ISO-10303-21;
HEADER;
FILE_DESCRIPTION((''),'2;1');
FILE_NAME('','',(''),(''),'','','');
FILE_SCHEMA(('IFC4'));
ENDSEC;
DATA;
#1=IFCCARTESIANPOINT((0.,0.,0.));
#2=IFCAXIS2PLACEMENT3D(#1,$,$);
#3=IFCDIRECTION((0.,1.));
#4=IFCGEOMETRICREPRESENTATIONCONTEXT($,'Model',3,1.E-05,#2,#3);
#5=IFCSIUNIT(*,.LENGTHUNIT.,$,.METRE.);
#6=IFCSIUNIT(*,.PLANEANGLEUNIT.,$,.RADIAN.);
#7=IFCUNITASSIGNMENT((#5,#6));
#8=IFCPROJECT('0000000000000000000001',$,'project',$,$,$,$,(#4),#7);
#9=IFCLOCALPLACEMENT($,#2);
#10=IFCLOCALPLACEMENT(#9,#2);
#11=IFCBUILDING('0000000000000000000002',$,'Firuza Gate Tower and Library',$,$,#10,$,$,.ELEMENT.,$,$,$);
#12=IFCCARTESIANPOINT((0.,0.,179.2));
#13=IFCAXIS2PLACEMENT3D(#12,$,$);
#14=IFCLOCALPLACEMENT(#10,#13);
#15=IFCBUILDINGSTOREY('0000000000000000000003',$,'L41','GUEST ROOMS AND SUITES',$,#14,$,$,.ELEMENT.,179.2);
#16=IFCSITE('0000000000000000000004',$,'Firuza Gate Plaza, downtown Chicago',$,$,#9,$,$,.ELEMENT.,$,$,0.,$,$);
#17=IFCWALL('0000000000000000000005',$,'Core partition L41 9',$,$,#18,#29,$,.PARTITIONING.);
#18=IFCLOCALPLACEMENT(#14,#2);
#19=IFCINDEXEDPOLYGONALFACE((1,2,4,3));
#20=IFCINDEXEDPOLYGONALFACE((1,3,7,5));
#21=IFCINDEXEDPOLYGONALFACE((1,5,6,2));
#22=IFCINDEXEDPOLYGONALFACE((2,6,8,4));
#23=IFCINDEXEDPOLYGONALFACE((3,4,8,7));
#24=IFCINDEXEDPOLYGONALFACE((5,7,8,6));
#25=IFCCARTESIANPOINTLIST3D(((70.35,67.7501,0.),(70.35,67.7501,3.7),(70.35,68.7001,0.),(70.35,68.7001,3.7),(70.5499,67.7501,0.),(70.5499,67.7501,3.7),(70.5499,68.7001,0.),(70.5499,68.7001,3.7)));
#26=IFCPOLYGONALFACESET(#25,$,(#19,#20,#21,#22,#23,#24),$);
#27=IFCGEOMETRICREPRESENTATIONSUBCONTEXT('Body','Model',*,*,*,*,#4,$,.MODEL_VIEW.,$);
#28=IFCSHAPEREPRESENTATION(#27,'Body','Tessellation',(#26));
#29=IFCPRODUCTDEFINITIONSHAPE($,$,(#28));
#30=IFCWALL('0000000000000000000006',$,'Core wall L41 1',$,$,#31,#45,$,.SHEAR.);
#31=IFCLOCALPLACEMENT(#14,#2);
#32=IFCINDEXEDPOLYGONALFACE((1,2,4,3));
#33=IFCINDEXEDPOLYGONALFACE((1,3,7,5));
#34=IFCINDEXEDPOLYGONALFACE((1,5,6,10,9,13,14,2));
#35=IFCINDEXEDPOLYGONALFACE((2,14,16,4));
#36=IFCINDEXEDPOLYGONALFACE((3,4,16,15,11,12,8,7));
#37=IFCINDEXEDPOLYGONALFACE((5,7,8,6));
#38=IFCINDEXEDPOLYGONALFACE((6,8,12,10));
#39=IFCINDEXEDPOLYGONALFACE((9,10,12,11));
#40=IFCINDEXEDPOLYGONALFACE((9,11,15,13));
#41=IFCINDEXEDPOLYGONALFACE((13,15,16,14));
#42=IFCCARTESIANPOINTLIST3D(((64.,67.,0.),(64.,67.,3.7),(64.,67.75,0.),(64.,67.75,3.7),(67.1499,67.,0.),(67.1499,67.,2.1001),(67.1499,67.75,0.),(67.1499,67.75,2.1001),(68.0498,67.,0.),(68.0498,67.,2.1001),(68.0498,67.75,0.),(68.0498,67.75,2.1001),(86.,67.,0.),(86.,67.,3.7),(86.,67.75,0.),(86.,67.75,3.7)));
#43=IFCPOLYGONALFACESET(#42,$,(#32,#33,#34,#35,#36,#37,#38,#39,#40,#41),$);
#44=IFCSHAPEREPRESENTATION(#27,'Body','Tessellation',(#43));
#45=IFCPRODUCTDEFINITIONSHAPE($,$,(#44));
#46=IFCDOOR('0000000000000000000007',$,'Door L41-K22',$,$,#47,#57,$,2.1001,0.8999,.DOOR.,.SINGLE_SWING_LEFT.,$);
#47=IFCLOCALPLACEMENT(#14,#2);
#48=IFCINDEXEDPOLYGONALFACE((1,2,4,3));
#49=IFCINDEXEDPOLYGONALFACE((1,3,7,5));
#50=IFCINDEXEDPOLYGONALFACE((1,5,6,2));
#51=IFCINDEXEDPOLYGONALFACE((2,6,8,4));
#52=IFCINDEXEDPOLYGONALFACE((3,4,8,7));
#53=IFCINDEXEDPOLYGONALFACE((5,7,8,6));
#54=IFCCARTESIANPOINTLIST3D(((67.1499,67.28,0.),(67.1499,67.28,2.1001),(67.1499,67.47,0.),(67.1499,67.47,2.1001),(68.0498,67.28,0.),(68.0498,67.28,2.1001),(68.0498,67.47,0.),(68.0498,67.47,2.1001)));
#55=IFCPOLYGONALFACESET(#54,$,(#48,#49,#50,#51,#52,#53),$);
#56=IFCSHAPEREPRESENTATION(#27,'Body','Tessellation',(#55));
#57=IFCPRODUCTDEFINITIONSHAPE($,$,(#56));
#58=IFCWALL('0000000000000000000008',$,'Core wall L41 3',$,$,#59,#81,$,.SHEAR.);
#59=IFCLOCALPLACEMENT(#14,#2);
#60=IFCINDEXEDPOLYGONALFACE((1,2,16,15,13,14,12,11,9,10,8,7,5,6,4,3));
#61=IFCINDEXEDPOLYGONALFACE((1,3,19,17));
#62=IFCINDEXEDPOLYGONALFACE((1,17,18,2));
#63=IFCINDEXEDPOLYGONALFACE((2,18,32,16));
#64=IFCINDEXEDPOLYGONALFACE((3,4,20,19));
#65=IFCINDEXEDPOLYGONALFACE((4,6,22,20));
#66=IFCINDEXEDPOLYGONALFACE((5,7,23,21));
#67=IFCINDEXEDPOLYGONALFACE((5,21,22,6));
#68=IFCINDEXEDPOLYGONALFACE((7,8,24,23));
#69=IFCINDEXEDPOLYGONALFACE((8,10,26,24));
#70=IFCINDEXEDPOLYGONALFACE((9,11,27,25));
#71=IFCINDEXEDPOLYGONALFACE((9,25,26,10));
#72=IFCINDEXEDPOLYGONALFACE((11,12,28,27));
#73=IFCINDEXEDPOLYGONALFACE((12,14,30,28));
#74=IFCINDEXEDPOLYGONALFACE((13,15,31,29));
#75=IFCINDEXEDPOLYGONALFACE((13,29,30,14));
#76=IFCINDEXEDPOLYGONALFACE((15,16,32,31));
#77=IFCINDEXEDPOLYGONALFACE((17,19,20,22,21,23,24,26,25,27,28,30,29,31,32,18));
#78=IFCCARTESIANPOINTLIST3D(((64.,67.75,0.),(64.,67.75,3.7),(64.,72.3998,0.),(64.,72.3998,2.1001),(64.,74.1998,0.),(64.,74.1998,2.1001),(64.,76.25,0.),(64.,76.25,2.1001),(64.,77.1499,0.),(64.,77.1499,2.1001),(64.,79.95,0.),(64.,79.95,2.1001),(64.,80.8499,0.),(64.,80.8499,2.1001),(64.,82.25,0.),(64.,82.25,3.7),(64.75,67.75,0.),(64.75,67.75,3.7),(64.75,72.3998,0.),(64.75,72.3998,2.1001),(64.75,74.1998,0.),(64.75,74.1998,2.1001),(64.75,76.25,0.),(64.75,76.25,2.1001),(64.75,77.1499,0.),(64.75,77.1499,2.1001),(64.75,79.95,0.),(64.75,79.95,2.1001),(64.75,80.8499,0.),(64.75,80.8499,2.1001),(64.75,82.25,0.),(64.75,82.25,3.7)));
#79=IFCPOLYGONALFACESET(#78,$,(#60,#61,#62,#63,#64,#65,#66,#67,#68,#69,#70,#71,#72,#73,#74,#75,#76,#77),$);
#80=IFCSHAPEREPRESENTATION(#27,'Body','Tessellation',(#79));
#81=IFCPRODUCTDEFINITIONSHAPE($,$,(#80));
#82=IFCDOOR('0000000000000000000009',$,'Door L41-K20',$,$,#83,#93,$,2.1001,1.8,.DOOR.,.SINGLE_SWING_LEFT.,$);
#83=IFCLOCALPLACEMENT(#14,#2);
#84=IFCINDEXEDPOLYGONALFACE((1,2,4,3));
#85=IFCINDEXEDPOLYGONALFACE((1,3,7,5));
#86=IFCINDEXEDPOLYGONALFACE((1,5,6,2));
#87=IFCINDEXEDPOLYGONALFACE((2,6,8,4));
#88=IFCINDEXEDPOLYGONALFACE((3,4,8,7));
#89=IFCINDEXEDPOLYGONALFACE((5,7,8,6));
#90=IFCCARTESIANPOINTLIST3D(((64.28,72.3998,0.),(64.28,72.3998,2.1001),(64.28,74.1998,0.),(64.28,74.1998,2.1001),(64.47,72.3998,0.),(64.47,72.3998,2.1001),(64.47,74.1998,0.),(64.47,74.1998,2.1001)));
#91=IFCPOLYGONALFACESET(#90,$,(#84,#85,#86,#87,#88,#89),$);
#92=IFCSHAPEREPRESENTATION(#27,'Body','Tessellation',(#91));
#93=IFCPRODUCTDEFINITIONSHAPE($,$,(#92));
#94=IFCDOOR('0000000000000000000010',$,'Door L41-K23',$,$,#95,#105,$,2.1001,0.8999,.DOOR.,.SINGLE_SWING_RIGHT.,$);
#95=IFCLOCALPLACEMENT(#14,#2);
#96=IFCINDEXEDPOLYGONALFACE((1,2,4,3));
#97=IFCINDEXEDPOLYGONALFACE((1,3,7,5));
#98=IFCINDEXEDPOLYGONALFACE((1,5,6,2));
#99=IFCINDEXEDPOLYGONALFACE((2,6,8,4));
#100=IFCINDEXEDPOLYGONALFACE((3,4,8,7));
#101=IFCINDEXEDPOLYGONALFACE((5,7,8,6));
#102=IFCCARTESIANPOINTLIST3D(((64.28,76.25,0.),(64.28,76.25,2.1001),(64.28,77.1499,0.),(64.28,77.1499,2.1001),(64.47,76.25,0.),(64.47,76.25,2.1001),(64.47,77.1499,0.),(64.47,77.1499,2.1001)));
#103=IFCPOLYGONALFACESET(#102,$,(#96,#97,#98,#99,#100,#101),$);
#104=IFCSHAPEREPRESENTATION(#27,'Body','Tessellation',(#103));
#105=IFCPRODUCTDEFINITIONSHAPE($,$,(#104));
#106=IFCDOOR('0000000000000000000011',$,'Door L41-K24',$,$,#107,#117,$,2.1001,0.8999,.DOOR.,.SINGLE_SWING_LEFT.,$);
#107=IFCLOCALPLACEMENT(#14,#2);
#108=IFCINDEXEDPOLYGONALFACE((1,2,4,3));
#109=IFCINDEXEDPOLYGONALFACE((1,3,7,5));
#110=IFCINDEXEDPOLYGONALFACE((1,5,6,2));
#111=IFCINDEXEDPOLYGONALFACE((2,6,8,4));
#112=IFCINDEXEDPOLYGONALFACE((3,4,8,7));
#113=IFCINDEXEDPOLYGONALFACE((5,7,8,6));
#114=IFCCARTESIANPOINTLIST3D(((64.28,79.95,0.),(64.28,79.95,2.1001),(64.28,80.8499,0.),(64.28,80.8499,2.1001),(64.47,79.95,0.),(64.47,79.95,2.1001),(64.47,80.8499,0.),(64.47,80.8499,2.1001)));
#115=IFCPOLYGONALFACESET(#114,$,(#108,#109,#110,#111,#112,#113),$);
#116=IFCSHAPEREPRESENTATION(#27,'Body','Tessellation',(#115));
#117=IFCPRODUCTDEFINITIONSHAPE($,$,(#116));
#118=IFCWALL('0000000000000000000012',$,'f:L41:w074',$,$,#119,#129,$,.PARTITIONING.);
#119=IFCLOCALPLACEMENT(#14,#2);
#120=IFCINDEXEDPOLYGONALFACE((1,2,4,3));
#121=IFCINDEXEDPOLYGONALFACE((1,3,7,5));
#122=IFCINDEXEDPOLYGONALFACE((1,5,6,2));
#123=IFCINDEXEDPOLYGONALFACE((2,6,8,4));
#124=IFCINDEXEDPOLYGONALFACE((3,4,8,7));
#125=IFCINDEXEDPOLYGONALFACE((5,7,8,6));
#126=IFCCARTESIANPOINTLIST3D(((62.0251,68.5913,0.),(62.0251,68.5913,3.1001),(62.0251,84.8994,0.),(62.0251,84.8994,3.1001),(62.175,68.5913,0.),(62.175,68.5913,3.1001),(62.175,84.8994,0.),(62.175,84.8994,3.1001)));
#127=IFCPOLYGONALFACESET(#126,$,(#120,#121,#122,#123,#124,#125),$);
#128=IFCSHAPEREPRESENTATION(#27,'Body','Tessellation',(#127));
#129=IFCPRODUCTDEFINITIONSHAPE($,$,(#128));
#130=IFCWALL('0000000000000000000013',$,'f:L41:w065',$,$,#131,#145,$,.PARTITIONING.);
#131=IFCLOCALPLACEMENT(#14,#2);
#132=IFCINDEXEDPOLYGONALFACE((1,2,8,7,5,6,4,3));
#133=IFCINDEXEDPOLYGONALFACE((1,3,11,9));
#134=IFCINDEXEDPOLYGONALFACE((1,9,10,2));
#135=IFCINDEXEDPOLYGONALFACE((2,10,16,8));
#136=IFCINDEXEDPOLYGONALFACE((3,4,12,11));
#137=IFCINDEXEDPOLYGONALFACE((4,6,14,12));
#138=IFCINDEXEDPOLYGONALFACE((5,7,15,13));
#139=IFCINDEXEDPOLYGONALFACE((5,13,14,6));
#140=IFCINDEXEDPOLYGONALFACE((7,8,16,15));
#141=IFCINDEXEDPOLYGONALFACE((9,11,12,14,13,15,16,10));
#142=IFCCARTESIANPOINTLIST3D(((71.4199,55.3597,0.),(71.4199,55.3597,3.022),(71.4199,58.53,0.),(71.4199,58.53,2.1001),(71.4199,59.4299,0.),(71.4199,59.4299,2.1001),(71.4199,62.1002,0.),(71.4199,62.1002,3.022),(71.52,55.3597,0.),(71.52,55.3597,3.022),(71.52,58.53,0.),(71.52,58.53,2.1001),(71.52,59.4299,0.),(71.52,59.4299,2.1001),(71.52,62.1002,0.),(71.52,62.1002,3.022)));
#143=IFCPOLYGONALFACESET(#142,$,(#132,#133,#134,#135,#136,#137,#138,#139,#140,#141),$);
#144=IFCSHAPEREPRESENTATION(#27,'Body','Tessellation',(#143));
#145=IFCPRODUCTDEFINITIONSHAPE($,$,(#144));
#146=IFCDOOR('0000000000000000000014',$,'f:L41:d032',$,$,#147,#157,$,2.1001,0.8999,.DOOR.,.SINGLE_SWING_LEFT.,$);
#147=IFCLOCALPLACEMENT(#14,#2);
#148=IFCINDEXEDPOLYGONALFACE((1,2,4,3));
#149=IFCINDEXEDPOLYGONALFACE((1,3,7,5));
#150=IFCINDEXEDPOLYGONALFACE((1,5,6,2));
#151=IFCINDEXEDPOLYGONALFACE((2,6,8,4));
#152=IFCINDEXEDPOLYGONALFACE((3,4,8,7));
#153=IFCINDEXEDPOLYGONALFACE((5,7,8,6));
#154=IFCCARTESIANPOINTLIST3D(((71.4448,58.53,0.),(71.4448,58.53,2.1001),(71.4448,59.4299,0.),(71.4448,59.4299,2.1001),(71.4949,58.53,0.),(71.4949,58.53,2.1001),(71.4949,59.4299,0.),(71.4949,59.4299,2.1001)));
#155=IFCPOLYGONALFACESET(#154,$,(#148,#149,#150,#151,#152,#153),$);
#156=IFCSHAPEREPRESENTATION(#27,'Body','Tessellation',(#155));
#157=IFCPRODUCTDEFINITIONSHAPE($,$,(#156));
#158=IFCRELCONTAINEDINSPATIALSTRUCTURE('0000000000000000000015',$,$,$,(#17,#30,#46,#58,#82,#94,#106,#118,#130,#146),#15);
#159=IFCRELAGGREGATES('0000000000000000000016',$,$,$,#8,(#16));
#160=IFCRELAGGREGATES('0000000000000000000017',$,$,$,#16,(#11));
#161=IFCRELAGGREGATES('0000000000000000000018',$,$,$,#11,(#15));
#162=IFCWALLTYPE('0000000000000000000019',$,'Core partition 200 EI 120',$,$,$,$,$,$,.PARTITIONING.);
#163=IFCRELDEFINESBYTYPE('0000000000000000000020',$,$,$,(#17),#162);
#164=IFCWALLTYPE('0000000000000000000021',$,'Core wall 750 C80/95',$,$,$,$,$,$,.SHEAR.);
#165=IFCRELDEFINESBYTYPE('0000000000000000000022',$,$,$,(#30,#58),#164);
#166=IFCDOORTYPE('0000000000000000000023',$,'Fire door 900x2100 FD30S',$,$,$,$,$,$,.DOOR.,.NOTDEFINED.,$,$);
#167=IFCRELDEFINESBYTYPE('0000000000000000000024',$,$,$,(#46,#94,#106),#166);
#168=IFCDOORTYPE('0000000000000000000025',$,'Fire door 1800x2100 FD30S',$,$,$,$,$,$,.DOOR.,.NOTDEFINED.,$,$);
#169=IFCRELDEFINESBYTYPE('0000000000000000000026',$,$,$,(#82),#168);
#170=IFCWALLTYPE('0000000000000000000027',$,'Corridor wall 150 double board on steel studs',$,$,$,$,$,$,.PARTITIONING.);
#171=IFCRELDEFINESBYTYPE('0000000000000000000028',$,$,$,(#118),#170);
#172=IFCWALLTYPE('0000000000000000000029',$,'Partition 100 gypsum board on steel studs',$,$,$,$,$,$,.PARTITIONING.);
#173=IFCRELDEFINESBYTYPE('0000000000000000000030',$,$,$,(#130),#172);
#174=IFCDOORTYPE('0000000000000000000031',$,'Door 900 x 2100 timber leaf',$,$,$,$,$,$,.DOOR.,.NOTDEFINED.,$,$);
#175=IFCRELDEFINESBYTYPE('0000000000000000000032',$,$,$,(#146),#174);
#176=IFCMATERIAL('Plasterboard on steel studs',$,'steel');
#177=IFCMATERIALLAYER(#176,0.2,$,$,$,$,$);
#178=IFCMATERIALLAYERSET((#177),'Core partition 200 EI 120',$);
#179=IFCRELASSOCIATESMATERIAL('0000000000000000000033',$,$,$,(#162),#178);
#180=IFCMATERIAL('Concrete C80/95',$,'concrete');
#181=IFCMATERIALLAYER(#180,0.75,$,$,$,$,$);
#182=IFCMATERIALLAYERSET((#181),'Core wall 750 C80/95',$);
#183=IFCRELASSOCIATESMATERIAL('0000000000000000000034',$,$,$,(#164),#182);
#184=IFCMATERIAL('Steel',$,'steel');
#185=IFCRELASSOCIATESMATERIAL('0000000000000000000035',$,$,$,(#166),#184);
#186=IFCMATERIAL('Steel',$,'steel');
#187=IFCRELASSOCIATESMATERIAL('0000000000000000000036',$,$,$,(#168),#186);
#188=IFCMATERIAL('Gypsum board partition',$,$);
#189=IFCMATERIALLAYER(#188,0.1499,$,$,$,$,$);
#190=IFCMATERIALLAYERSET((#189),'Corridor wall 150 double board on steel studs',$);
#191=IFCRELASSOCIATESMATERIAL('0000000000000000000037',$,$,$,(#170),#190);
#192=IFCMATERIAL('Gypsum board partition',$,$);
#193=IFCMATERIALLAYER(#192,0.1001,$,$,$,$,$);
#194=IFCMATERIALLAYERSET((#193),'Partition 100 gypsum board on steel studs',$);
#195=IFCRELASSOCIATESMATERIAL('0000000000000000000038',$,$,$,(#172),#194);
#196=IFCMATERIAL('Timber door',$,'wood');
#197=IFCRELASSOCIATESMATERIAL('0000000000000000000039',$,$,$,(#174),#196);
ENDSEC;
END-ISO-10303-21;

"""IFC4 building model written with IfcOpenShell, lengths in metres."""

from ifc_helpers import new_model, si_unit, direction, frame, frame_2d, origin, place, context, subcontext, project, spatial, rectangle, extrude, material, layer, layer_set, type_object, element, fill, save


model = new_model("IFC4")

# Units and contexts
model_context = context("Model", 3, precision=1e-05, world=origin(), true_north=direction((0.0, 1.0)))
body_context = subcontext(model_context, "Body", "Model", "MODEL_VIEW")
ifc_project = project(units=[si_unit("LENGTHUNIT", "METRE"), si_unit("PLANEANGLEUNIT", "RADIAN")], contexts=[model_context])

# Site, building, storey
site_placement = place(None, origin())
site = spatial("IfcSite", under=ifc_project, at=site_placement, Name="Firuza Gate Plaza, downtown Chicago", CompositionType="ELEMENT", RefElevation=0.0)
building_placement = place(site_placement, origin())
building = spatial("IfcBuilding", under=site, at=building_placement, Name="Firuza Gate Tower and Library", CompositionType="ELEMENT")
storey_placement = place(building_placement, frame((0.0, 0.0, 179.2)))
storey = spatial("IfcBuildingStorey", under=building, at=storey_placement, Name="L41", Description="GUEST ROOMS AND SUITES", CompositionType="ELEMENT", Elevation=179.2)

# Wall
ifc_material_1 = material(Name="Plasterboard on steel studs", Category="steel")
ifc_layer_1 = layer(ifc_material_1, 0.2)
ifc_layer_set_1 = layer_set([ifc_layer_1], Name="Core partition 200 EI 120")
wall_type_1 = type_object("IfcWallType", Name="Core partition 200 EI 120", PredefinedType="PARTITIONING", material=ifc_layer_set_1)
wall_1_placement = place(storey_placement, frame((70.45, 67.75, 0.0), z_axis=(0.0, 0.0, 1.0), x_axis=(0.0, 1.0, 0.0)))
element("IfcWall", 1, at=wall_1_placement, inside=storey, type_object=wall_type_1, Name="Core partition L41 9", PredefinedType="PARTITIONING", context=body_context, shape_type="SweptSolid", body=[
    extrude(rectangle(XDim=0.95, YDim=0.2, at=frame_2d((0.4751, 0.0))), origin(), (0.0, 0.0, 1.0), 3.7),
])

# Wall, opening, door
ifc_material_2 = material(Name="Concrete C80/95", Category="concrete")
ifc_layer_2 = layer(ifc_material_2, 0.75)
ifc_layer_set_2 = layer_set([ifc_layer_2], Name="Core wall 750 C80/95")
wall_type_2 = type_object("IfcWallType", Name="Core wall 750 C80/95", PredefinedType="SHEAR", material=ifc_layer_set_2)
wall_2_placement = place(storey_placement, frame((64.0, 67.375, 0.0), z_axis=(0.0, 0.0, 1.0), x_axis=(1.0, 0.0, 0.0)))
wall_2 = element("IfcWall", 2, at=wall_2_placement, inside=storey, type_object=wall_type_2, Name="Core wall L41 1", PredefinedType="SHEAR", context=body_context, shape_type="SweptSolid", body=[
    extrude(rectangle(XDim=22.0, YDim=0.75, at=frame_2d((11.0, 0.0))), origin(), (0.0, 0.0, 1.0), 3.7),
])
opening_1_placement = place(wall_2_placement, frame((3.1499, 0.0, 0.0)))
opening_1 = element("IfcOpeningElement", 3, at=opening_1_placement, cuts=wall_2, PredefinedType="OPENING", context=body_context, shape_type="SweptSolid", body=[
    extrude(rectangle(XDim=0.8999, YDim=2.1001, at=frame_2d((0.45, 1.05))), frame((0.0, 0.385, 0.0), z_axis=(0.0, -1.0, 0.0), x_axis=(1.0, 0.0, 0.0)), (0.0, 0.0, 1.0), 0.77),
])
ifc_material_3 = material(Name="Steel", Category="steel")
door_type_1 = type_object("IfcDoorType", Name="Fire door 900x2100 FD30S", OperationType="NOTDEFINED", PredefinedType="DOOR", material=ifc_material_3)
door_1_placement = place(opening_1_placement, origin())
door_1 = element("IfcDoor", 4, at=door_1_placement, inside=storey, type_object=door_type_1, Name="Door L41-K22", OperationType="SINGLE_SWING_LEFT", OverallHeight=2.1001, OverallWidth=0.8999, PredefinedType="DOOR", context=body_context, shape_type="SweptSolid", body=[
    extrude(rectangle(XDim=0.8999, YDim=2.1001, at=frame_2d((0.45, 1.05))), frame((0.0, 0.095, 0.0), z_axis=(0.0, -1.0, 0.0), x_axis=(1.0, 0.0, 0.0)), (0.0, 0.0, 1.0), 0.1899),
])
fill(opening_1, door_1)

# Wall, openings, doors
wall_3_placement = place(storey_placement, frame((64.375, 67.75, 0.0), z_axis=(0.0, 0.0, 1.0), x_axis=(0.0, 1.0, 0.0)))
wall_3 = element("IfcWall", 5, at=wall_3_placement, inside=storey, type_object=wall_type_2, Name="Core wall L41 3", PredefinedType="SHEAR", context=body_context, shape_type="SweptSolid", body=[
    extrude(rectangle(XDim=14.5, YDim=0.75, at=frame_2d((7.25, 0.0))), origin(), (0.0, 0.0, 1.0), 3.7),
])
opening_2_placement = place(wall_3_placement, frame((4.6499, 0.0, 0.0)))
opening_2 = element("IfcOpeningElement", 6, at=opening_2_placement, cuts=wall_3, PredefinedType="OPENING", context=body_context, shape_type="SweptSolid", body=[
    extrude(rectangle(XDim=1.8, YDim=2.1001, at=frame_2d((0.8999, 1.05))), frame((0.0, 0.385, 0.0), z_axis=(0.0, -1.0, 0.0), x_axis=(1.0, 0.0, 0.0)), (0.0, 0.0, 1.0), 0.77),
])
opening_3_placement = place(wall_3_placement, frame((8.5, 0.0, 0.0)))
opening_3 = element("IfcOpeningElement", 7, at=opening_3_placement, cuts=wall_3, PredefinedType="OPENING", context=body_context, shape_type="SweptSolid", body=[
    extrude(rectangle(XDim=0.8999, YDim=2.1001, at=frame_2d((0.45, 1.05))), frame((0.0, 0.385, 0.0), z_axis=(0.0, -1.0, 0.0), x_axis=(1.0, 0.0, 0.0)), (0.0, 0.0, 1.0), 0.77),
])
opening_4_placement = place(wall_3_placement, frame((12.2, 0.0, 0.0)))
opening_4 = element("IfcOpeningElement", 8, at=opening_4_placement, cuts=wall_3, PredefinedType="OPENING", context=body_context, shape_type="SweptSolid", body=[
    extrude(rectangle(XDim=0.8999, YDim=2.1001, at=frame_2d((0.45, 1.05))), frame((0.0, 0.385, 0.0), z_axis=(0.0, -1.0, 0.0), x_axis=(1.0, 0.0, 0.0)), (0.0, 0.0, 1.0), 0.77),
])
ifc_material_4 = material(Name="Steel", Category="steel")
door_type_2 = type_object("IfcDoorType", Name="Fire door 1800x2100 FD30S", OperationType="NOTDEFINED", PredefinedType="DOOR", material=ifc_material_4)
door_2_placement = place(opening_2_placement, origin())
door_2 = element("IfcDoor", 9, at=door_2_placement, inside=storey, type_object=door_type_2, Name="Door L41-K20", OperationType="SINGLE_SWING_LEFT", OverallHeight=2.1001, OverallWidth=1.8, PredefinedType="DOOR", context=body_context, shape_type="SweptSolid", body=[
    extrude(rectangle(XDim=1.8, YDim=2.1001, at=frame_2d((0.8999, 1.05))), frame((0.0, 0.095, 0.0), z_axis=(0.0, -1.0, 0.0), x_axis=(1.0, 0.0, 0.0)), (0.0, 0.0, 1.0), 0.1899),
])
fill(opening_2, door_2)
door_3_placement = place(opening_3_placement, origin())
door_3 = element("IfcDoor", 10, at=door_3_placement, inside=storey, type_object=door_type_1, Name="Door L41-K23", OperationType="SINGLE_SWING_RIGHT", OverallHeight=2.1001, OverallWidth=0.8999, PredefinedType="DOOR", context=body_context, shape_type="SweptSolid", body=[
    extrude(rectangle(XDim=0.8999, YDim=2.1001, at=frame_2d((0.45, 1.05))), frame((0.0, 0.095, 0.0), z_axis=(0.0, -1.0, 0.0), x_axis=(1.0, 0.0, 0.0)), (0.0, 0.0, 1.0), 0.1899),
])
fill(opening_3, door_3)
door_4_placement = place(opening_4_placement, origin())
door_4 = element("IfcDoor", 11, at=door_4_placement, inside=storey, type_object=door_type_1, Name="Door L41-K24", OperationType="SINGLE_SWING_LEFT", OverallHeight=2.1001, OverallWidth=0.8999, PredefinedType="DOOR", context=body_context, shape_type="SweptSolid", body=[
    extrude(rectangle(XDim=0.8999, YDim=2.1001, at=frame_2d((0.45, 1.05))), frame((0.0, 0.095, 0.0), z_axis=(0.0, -1.0, 0.0), x_axis=(1.0, 0.0, 0.0)), (0.0, 0.0, 1.0), 0.1899),
])
fill(opening_4, door_4)

# Wall
ifc_material_5 = material(Name="Gypsum board partition")
ifc_layer_3 = layer(ifc_material_5, 0.1499)
ifc_layer_set_3 = layer_set([ifc_layer_3], Name="Corridor wall 150 double board on steel studs")
wall_type_3 = type_object("IfcWallType", Name="Corridor wall 150 double board on steel studs", PredefinedType="PARTITIONING", material=ifc_layer_set_3)
wall_4_placement = place(storey_placement, frame((62.1001, 68.5913, 0.0), z_axis=(0.0, 0.0, 1.0), x_axis=(0.0, 1.0, 0.0)))
element("IfcWall", 12, at=wall_4_placement, inside=storey, type_object=wall_type_3, Name="f:L41:w074", PredefinedType="PARTITIONING", context=body_context, shape_type="SweptSolid", body=[
    extrude(rectangle(XDim=16.3081, YDim=0.1499, at=frame_2d((8.1541, 0.0))), origin(), (0.0, 0.0, 1.0), 3.1001),
])

# Wall, opening, door
ifc_material_6 = material(Name="Gypsum board partition")
ifc_layer_4 = layer(ifc_material_6, 0.1001)
ifc_layer_set_4 = layer_set([ifc_layer_4], Name="Partition 100 gypsum board on steel studs")
wall_type_4 = type_object("IfcWallType", Name="Partition 100 gypsum board on steel studs", PredefinedType="PARTITIONING", material=ifc_layer_set_4)
wall_5_placement = place(storey_placement, frame((71.47, 62.1001, 0.0), z_axis=(0.0, 0.0, 1.0), x_axis=(0.0, -1.0, 0.0)))
wall_5 = element("IfcWall", 13, at=wall_5_placement, inside=storey, type_object=wall_type_4, Name="f:L41:w065", PredefinedType="PARTITIONING", context=body_context, shape_type="SweptSolid", body=[
    extrude(rectangle(XDim=6.7405, YDim=0.1001, at=frame_2d((3.3701, 0.0))), origin(), (0.0, 0.0, 1.0), 3.022),
])
opening_5_placement = place(wall_5_placement, frame((2.6702, 0.0, 0.0)))
opening_5 = element("IfcOpeningElement", 14, at=opening_5_placement, cuts=wall_5, PredefinedType="OPENING", context=body_context, shape_type="SweptSolid", body=[
    extrude(rectangle(XDim=0.8999, YDim=2.1001, at=frame_2d((0.45, 1.05))), frame((0.0, 0.0601, 0.0), z_axis=(0.0, -1.0, 0.0), x_axis=(1.0, 0.0, 0.0)), (0.0, 0.0, 1.0), 0.1201),
])
ifc_material_7 = material(Name="Timber door", Category="wood")
door_type_3 = type_object("IfcDoorType", Name="Door 900 x 2100 timber leaf", OperationType="NOTDEFINED", PredefinedType="DOOR", material=ifc_material_7)
door_5_placement = place(opening_5_placement, origin())
door_5 = element("IfcDoor", 15, at=door_5_placement, inside=storey, type_object=door_type_3, Name="f:L41:d032", OperationType="SINGLE_SWING_LEFT", OverallHeight=2.1001, OverallWidth=0.8999, PredefinedType="DOOR", context=body_context, shape_type="SweptSolid", body=[
    extrude(rectangle(XDim=0.8999, YDim=2.1001, at=frame_2d((0.45, 1.05))), frame((0.0, 0.0249, 0.0), z_axis=(0.0, -1.0, 0.0), x_axis=(1.0, 0.0, 0.0)), (0.0, 0.0, 1.0), 0.05),
])
fill(opening_5, door_5)

save(model, "model.ifc")
